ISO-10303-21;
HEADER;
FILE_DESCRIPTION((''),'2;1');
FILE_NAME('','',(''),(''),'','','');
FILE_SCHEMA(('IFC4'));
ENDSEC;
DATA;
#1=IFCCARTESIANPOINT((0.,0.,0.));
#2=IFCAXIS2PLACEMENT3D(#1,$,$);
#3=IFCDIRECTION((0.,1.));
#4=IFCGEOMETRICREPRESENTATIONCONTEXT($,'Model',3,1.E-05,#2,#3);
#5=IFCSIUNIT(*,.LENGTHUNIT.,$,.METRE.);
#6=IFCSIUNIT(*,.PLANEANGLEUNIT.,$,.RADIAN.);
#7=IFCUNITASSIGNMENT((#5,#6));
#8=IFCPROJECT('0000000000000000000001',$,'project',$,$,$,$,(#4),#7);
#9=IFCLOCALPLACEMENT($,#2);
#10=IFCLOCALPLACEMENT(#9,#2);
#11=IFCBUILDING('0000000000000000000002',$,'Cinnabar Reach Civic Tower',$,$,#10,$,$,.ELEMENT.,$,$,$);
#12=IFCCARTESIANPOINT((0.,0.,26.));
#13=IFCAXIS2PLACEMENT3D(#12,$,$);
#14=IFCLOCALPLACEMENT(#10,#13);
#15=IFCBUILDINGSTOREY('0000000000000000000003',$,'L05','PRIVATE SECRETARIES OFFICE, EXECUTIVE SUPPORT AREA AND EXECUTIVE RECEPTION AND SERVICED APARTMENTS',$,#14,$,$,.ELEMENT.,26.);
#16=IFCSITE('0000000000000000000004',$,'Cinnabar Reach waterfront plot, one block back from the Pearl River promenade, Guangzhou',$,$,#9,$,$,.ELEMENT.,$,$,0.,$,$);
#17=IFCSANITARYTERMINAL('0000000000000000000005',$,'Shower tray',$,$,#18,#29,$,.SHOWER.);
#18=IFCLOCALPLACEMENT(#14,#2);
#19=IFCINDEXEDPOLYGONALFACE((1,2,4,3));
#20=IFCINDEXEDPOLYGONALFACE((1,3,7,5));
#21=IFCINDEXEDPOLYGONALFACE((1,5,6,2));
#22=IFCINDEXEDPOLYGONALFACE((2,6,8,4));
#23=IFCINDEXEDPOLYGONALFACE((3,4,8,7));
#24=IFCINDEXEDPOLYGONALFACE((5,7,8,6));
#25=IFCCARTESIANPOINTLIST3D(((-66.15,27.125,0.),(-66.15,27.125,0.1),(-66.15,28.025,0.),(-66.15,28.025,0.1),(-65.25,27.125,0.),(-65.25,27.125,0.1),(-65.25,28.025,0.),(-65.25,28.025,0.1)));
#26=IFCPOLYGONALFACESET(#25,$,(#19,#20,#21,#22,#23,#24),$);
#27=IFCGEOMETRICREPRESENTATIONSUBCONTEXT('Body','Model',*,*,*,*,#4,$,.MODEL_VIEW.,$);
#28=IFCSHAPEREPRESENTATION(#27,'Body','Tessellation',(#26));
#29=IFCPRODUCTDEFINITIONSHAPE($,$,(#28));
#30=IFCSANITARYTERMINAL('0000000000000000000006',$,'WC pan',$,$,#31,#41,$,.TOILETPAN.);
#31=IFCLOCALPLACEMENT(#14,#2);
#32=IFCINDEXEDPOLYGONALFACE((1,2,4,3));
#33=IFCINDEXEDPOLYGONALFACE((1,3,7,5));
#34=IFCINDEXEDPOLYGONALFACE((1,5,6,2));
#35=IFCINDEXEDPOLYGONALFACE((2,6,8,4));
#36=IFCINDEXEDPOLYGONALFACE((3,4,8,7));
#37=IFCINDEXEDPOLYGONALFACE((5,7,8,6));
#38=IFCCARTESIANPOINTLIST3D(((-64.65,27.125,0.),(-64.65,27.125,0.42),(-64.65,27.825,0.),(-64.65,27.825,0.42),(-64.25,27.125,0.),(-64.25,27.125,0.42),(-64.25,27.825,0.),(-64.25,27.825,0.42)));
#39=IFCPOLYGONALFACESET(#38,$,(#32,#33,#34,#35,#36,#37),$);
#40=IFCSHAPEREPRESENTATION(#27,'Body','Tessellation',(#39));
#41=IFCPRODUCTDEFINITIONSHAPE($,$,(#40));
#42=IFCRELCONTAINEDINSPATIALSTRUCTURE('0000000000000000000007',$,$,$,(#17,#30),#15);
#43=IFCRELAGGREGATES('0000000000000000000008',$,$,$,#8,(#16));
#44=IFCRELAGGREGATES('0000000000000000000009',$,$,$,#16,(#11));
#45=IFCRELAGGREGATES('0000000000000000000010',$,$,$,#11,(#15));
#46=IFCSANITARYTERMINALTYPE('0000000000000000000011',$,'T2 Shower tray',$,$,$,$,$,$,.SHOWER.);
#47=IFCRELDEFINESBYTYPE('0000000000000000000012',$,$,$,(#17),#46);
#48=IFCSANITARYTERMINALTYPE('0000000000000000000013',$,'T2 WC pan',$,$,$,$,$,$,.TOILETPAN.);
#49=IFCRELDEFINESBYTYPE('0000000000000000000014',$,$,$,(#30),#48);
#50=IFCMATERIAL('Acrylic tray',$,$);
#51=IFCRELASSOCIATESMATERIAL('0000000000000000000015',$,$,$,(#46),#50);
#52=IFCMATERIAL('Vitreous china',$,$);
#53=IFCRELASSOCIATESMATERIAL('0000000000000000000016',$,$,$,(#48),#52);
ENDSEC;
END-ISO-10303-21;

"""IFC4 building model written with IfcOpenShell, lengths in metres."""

from ifc_helpers import new_model, si_unit, direction, frame, origin, origin_2d, place, context, subcontext, project, spatial, rectangle, extrude, material, type_object, element, save


model = new_model("IFC4")

# Units and contexts
model_context = context("Model", 3, precision=1e-05, world=origin(), true_north=direction((0.0, 1.0)))
body_context = subcontext(model_context, "Body", "Model", "MODEL_VIEW")
ifc_project = project(units=[si_unit("LENGTHUNIT", "METRE"), si_unit("PLANEANGLEUNIT", "RADIAN")], contexts=[model_context])

# Site, building, storey
site_placement = place(None, origin())
site = spatial("IfcSite", under=ifc_project, at=site_placement, Name="Cinnabar Reach waterfront plot, one block back from the Pearl River promenade, Guangzhou", CompositionType="ELEMENT", RefElevation=0.0)
building_placement = place(site_placement, origin())
building = spatial("IfcBuilding", under=site, at=building_placement, Name="Cinnabar Reach Civic Tower", CompositionType="ELEMENT")
storey_placement = place(building_placement, frame((0.0, 0.0, 26.0)))
storey = spatial("IfcBuildingStorey", under=building, at=storey_placement, Name="L05", Description="PRIVATE SECRETARIES OFFICE, EXECUTIVE SUPPORT AREA AND EXECUTIVE RECEPTION AND SERVICED APARTMENTS", CompositionType="ELEMENT", Elevation=26.0)

# Sanitary terminals
ifc_material_1 = material(Name="Acrylic tray")
sanitary_terminal_type_1 = type_object("IfcSanitaryTerminalType", Name="T2 Shower tray", PredefinedType="SHOWER", material=ifc_material_1)
sanitary_terminal_1_placement = place(storey_placement, frame((-65.7, 27.575, 0.0), z_axis=(0.0, 0.0, 1.0), x_axis=(1.0, 0.0, 0.0)))
element("IfcSanitaryTerminal", 1, at=sanitary_terminal_1_placement, inside=storey, type_object=sanitary_terminal_type_1, Name="Shower tray", PredefinedType="SHOWER", context=body_context, shape_type="SweptSolid", body=[
    extrude(rectangle(XDim=0.9, YDim=0.9, at=origin_2d()), origin(), (0.0, 0.0, 1.0), 0.1),
])
ifc_material_2 = material(Name="Vitreous china")
sanitary_terminal_type_2 = type_object("IfcSanitaryTerminalType", Name="T2 WC pan", PredefinedType="TOILETPAN", material=ifc_material_2)
sanitary_terminal_2_placement = place(storey_placement, frame((-64.45, 27.475, 0.0), z_axis=(0.0, 0.0, 1.0), x_axis=(1.0, 0.0, 0.0)))
element("IfcSanitaryTerminal", 2, at=sanitary_terminal_2_placement, inside=storey, type_object=sanitary_terminal_type_2, Name="WC pan", PredefinedType="TOILETPAN", context=body_context, shape_type="SweptSolid", body=[
    extrude(rectangle(XDim=0.4, YDim=0.7, at=origin_2d()), origin(), (0.0, 0.0, 1.0), 0.42),
])

save(model, "model.ifc")
